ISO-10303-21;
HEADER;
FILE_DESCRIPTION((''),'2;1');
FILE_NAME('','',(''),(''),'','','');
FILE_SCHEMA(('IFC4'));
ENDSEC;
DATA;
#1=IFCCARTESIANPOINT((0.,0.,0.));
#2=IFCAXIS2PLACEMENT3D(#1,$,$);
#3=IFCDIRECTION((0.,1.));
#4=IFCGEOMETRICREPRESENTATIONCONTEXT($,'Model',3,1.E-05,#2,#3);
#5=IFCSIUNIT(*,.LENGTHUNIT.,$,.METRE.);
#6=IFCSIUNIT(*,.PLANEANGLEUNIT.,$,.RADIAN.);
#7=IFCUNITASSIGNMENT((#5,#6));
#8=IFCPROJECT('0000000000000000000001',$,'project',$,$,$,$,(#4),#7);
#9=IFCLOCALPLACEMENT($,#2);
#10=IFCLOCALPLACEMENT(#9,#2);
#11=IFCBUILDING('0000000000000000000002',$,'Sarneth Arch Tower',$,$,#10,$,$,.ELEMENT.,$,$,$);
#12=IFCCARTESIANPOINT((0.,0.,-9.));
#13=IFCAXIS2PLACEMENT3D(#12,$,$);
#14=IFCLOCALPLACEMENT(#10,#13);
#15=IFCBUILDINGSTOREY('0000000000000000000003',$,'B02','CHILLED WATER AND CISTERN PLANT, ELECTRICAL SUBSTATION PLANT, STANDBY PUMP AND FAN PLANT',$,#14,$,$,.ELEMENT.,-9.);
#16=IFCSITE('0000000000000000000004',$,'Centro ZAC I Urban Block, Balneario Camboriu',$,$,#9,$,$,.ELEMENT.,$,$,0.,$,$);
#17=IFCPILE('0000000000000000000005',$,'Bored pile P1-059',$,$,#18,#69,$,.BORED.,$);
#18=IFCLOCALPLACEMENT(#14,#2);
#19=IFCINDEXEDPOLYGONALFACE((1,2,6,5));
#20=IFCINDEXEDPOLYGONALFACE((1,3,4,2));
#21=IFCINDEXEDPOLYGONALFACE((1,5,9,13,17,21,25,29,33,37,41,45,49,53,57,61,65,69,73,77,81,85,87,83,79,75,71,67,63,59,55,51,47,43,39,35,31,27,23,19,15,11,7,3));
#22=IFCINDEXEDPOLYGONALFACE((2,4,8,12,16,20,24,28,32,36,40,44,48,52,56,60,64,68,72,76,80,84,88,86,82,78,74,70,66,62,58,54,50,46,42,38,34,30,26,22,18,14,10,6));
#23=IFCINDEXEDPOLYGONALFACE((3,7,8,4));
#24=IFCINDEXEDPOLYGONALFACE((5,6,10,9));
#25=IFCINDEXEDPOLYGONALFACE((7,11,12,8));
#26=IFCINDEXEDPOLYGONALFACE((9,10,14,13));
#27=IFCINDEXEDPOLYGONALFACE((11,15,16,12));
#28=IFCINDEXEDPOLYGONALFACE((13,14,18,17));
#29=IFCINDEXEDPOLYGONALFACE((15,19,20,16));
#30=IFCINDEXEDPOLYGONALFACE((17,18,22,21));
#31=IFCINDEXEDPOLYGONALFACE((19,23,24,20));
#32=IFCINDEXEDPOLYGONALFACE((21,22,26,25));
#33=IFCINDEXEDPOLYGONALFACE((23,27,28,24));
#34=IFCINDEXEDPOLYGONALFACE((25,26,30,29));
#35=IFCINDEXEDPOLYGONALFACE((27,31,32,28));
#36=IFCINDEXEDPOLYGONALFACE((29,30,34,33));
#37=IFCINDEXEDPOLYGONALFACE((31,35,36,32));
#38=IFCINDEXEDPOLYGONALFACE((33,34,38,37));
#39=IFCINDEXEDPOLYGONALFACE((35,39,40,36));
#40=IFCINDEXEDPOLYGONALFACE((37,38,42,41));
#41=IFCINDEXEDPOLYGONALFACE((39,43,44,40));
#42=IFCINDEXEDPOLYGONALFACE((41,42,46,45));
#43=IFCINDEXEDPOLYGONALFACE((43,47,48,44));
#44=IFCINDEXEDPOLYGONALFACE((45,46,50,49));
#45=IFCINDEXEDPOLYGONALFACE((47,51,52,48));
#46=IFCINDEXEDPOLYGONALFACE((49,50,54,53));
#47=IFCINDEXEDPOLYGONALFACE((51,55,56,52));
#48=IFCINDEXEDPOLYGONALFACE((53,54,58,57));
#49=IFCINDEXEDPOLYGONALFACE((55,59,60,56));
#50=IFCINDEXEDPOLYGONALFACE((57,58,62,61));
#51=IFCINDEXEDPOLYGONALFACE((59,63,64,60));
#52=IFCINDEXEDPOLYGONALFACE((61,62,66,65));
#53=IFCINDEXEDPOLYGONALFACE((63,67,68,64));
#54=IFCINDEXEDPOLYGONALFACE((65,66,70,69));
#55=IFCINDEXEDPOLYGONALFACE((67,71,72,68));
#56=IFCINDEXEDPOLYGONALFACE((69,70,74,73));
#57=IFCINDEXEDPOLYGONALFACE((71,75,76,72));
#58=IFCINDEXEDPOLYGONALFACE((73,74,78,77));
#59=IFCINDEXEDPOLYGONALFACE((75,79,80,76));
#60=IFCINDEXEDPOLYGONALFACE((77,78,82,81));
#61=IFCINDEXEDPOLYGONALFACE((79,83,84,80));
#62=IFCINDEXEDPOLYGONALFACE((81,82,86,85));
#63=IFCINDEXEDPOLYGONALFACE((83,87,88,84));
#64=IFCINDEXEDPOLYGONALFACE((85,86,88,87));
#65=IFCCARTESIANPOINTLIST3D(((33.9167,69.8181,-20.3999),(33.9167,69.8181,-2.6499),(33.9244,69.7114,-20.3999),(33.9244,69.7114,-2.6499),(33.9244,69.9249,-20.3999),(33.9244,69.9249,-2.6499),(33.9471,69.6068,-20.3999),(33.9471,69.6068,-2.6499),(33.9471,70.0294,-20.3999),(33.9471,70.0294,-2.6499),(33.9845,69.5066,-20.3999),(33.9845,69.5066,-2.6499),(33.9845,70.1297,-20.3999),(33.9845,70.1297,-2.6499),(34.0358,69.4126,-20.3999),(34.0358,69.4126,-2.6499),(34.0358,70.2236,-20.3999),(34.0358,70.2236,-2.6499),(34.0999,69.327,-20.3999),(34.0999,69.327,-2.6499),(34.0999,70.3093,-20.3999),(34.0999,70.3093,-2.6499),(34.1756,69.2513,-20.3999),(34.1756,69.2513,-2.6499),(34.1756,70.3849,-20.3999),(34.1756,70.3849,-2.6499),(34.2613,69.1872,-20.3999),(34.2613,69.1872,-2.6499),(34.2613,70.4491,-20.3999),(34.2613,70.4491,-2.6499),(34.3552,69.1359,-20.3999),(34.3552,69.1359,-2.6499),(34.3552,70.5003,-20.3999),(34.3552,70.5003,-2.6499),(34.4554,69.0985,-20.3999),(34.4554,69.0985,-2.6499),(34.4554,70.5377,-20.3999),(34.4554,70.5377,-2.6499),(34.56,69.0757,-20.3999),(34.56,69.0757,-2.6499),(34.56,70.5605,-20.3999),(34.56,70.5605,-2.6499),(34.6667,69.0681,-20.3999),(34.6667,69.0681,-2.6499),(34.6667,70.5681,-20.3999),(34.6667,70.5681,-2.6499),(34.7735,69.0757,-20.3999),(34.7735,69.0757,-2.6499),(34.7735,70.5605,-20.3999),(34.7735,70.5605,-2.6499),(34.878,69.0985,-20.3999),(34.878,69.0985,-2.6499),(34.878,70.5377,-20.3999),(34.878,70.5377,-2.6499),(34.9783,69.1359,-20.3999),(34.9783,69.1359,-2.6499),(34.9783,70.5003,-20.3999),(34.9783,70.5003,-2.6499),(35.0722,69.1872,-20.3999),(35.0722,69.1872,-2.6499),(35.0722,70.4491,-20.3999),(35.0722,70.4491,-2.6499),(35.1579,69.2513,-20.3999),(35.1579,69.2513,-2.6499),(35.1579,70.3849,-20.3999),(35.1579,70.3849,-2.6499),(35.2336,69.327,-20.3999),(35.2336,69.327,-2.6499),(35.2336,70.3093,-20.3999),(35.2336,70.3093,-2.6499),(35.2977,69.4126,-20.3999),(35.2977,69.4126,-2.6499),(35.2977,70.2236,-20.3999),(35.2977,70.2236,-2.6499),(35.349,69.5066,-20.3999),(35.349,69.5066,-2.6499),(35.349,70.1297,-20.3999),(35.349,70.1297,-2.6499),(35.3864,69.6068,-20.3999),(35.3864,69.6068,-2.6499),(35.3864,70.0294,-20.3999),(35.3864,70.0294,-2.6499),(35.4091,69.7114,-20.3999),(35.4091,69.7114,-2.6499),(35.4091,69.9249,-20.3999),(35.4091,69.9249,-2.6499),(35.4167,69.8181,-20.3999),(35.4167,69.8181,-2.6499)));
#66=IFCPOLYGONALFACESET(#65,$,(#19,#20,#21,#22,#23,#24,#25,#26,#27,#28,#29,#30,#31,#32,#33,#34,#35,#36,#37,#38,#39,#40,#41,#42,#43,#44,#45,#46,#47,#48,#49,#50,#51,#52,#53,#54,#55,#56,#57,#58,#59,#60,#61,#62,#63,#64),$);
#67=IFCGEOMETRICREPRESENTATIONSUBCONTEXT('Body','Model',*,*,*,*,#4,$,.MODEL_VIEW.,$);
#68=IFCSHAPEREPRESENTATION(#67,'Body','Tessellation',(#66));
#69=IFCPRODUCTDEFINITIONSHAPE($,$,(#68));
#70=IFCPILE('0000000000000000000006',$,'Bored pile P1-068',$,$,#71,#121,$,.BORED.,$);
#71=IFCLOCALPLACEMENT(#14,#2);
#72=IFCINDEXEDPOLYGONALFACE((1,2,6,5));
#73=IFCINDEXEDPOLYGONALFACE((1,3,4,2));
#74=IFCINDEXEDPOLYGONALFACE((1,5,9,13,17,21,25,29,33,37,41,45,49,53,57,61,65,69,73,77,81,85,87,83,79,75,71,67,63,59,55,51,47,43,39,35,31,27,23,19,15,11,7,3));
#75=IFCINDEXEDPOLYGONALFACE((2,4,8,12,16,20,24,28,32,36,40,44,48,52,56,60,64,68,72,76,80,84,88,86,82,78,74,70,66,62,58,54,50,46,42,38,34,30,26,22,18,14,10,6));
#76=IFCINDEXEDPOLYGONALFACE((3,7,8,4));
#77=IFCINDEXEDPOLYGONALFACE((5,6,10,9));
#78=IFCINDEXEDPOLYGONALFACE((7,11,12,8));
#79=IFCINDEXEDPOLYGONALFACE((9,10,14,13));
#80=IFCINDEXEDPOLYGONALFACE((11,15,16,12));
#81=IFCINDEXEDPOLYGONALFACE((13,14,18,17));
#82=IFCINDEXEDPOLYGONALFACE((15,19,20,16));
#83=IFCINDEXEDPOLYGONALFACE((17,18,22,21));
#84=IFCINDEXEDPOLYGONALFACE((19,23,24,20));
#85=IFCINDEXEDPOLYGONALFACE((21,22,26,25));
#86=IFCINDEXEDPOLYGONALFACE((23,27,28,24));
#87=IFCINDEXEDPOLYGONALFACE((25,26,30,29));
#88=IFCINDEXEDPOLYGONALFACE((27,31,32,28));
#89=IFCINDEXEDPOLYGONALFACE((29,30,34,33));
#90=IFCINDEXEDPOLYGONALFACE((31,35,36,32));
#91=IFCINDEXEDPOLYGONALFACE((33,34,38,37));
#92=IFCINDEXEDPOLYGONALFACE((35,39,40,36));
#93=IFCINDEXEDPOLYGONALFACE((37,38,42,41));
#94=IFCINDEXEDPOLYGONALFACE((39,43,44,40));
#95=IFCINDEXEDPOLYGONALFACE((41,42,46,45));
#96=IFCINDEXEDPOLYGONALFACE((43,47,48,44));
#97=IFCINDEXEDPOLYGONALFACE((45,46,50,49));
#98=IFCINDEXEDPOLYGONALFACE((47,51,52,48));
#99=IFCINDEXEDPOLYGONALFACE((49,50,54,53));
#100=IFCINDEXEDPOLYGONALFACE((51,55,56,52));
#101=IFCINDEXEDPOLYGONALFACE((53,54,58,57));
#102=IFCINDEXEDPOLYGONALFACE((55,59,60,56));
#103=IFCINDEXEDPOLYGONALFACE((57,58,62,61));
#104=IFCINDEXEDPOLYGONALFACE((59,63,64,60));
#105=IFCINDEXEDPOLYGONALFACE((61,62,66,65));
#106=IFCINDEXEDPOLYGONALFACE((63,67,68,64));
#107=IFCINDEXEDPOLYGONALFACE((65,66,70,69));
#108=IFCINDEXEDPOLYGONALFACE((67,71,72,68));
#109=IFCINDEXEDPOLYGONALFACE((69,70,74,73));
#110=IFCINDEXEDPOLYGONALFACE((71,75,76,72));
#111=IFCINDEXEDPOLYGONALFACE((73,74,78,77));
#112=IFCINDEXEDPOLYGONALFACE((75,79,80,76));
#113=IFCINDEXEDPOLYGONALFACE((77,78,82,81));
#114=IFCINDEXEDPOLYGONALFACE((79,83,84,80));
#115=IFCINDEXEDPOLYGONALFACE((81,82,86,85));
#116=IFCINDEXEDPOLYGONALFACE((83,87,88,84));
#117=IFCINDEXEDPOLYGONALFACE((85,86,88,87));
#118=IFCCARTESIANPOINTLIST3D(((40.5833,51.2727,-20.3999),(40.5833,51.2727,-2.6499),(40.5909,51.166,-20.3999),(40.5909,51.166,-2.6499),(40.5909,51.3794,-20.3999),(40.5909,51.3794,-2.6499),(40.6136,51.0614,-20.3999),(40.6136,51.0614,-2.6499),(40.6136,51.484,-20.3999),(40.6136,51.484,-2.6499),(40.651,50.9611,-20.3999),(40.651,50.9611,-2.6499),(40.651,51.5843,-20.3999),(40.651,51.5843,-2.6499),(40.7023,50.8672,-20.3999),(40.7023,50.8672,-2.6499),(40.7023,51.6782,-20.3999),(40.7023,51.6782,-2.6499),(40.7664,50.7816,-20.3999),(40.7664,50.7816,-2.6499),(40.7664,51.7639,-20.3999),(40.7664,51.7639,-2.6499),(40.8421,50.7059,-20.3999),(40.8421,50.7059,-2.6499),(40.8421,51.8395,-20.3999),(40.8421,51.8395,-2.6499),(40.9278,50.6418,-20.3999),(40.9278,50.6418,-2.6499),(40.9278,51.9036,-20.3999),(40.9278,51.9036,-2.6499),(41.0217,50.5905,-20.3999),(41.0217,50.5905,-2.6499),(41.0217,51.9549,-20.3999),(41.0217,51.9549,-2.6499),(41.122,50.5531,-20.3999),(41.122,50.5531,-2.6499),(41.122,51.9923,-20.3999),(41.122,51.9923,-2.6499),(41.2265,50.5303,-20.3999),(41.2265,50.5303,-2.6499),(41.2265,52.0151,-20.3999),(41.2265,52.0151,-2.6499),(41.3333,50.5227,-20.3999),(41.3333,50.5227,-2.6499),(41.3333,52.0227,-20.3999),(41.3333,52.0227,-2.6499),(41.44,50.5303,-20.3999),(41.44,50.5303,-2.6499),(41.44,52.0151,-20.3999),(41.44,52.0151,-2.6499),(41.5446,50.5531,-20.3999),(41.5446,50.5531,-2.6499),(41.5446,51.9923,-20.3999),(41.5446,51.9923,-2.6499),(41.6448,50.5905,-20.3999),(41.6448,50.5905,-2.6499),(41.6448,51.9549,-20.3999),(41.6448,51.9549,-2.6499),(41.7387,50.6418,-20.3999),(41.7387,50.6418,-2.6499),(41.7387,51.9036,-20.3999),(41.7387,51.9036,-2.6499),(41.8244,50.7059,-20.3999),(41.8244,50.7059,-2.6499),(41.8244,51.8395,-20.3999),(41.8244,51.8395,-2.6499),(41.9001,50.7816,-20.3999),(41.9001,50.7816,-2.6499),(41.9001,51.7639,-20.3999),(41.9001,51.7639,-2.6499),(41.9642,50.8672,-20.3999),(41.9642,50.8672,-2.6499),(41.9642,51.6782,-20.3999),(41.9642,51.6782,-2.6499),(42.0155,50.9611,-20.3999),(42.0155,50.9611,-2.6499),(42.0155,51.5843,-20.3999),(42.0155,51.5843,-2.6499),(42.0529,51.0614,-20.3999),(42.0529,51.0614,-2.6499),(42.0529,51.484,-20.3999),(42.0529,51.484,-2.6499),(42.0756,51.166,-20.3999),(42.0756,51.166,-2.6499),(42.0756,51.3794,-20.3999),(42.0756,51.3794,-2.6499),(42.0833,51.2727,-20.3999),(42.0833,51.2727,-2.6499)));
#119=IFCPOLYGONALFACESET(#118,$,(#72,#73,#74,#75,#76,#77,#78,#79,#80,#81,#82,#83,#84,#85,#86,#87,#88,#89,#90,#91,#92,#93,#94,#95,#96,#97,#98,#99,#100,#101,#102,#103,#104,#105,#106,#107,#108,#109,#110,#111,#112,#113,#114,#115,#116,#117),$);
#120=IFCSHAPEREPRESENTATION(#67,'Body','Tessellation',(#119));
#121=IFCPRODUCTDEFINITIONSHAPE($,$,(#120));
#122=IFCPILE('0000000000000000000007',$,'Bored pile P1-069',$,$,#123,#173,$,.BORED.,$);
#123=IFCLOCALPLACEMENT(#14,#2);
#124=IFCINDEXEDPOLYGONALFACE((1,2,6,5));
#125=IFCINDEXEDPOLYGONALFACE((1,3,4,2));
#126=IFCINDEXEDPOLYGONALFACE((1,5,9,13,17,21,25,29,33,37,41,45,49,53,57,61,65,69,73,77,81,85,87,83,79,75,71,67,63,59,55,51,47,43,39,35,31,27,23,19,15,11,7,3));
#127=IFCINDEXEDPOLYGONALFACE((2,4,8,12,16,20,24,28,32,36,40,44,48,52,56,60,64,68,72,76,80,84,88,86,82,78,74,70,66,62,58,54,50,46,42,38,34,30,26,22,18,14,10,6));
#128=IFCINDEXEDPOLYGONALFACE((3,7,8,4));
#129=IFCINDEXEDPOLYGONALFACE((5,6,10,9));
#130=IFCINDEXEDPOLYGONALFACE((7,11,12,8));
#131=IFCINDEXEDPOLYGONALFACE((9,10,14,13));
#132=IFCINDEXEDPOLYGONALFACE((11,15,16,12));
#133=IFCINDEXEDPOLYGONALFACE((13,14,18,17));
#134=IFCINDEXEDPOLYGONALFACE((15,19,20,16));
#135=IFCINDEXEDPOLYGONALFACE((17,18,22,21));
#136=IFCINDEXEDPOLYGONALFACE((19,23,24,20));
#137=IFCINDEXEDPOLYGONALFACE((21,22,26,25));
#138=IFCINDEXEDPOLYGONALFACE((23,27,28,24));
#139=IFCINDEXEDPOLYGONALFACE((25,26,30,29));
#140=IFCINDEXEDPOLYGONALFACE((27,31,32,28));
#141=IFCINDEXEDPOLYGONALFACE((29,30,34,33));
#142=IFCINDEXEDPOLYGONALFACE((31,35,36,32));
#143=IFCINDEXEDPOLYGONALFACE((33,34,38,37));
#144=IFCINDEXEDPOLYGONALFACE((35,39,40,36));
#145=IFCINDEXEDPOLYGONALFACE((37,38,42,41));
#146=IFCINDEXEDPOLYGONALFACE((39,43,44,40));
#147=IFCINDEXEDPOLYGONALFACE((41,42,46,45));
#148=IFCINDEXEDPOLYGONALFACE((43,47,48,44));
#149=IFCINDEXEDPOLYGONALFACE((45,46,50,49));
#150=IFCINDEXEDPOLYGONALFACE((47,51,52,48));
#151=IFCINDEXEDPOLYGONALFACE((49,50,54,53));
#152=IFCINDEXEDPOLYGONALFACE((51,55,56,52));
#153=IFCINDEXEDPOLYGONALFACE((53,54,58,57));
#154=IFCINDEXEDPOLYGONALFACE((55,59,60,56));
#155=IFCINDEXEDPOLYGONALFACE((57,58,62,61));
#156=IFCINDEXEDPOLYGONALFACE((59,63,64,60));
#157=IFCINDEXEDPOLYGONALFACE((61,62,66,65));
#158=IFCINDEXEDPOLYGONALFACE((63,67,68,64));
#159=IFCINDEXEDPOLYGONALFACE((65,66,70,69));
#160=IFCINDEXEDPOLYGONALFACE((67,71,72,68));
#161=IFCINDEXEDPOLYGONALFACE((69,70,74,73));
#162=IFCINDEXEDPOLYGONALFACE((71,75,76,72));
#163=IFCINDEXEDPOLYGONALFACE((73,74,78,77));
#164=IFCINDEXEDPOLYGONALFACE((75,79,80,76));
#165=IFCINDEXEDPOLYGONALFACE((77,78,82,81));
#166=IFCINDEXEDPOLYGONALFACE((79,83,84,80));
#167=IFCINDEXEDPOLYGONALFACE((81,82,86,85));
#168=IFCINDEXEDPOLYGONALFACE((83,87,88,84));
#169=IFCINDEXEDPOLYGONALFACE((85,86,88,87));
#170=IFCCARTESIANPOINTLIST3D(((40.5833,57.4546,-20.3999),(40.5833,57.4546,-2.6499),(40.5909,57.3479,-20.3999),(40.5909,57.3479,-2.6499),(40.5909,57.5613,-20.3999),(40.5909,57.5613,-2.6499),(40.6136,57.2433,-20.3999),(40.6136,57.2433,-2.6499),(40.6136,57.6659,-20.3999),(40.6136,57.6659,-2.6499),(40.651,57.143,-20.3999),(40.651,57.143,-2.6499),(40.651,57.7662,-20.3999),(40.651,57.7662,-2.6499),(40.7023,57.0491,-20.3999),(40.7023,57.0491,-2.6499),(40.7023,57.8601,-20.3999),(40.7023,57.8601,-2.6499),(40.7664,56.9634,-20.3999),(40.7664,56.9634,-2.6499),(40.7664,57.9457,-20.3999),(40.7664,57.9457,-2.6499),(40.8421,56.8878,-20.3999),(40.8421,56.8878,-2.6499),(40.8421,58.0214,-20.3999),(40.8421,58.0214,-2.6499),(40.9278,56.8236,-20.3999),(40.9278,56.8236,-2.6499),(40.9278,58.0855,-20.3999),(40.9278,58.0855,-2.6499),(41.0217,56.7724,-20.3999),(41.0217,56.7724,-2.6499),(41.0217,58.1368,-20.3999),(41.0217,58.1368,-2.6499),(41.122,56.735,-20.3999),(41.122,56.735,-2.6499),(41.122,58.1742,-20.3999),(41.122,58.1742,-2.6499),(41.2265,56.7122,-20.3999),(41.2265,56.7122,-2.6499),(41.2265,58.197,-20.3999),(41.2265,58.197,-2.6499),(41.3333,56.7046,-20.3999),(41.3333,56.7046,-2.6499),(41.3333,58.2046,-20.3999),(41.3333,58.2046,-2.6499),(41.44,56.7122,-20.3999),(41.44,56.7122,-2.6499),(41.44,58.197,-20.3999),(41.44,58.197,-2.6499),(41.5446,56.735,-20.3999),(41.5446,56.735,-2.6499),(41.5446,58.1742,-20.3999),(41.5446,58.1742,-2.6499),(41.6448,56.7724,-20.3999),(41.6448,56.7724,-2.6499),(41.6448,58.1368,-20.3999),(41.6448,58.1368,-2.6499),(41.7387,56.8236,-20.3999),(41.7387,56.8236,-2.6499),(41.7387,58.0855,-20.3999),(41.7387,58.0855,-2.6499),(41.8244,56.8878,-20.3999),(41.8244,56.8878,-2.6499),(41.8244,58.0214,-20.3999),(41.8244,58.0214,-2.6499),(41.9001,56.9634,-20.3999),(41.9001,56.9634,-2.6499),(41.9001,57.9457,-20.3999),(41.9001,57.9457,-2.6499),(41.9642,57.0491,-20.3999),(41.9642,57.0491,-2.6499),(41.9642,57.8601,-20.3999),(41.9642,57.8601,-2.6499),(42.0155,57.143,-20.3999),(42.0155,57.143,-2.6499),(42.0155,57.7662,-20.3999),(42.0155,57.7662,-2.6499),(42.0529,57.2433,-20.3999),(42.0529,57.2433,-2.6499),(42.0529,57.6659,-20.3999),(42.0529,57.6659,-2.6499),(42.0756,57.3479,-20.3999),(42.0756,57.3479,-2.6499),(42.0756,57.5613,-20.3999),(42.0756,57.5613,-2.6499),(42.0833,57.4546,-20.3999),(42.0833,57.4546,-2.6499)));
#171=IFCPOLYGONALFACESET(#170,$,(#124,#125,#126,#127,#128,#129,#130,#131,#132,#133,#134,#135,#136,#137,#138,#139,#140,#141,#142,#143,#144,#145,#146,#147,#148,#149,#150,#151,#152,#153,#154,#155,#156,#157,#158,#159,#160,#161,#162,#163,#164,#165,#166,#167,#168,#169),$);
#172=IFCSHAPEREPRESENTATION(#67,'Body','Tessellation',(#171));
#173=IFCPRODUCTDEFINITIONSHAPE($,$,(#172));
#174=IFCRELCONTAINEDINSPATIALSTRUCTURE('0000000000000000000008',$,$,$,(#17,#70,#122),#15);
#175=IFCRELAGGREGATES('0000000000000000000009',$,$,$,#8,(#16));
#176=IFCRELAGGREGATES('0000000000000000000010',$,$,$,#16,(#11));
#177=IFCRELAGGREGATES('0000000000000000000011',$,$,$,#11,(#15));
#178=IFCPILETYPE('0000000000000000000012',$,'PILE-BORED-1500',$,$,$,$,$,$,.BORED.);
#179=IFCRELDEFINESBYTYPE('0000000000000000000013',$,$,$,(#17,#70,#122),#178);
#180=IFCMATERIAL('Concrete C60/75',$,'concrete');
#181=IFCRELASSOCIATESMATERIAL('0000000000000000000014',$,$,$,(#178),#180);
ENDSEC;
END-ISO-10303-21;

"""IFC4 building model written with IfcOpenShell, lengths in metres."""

from ifc_helpers import new_model, si_unit, direction, frame, origin, origin_2d, place, context, subcontext, project, spatial, circle, extrude, material, material_profile, profile_set, type_object, element, save


model = new_model("IFC4")

# Units and contexts
model_context = context("Model", 3, precision=1e-05, world=origin(), true_north=direction((0.0, 1.0)))
body_context = subcontext(model_context, "Body", "Model", "MODEL_VIEW")
ifc_project = project(units=[si_unit("LENGTHUNIT", "METRE"), si_unit("PLANEANGLEUNIT", "RADIAN")], contexts=[model_context])

# Site, building, storey
site_placement = place(None, origin())
site = spatial("IfcSite", under=ifc_project, at=site_placement, Name="Centro ZAC I Urban Block, Balneario Camboriu", CompositionType="ELEMENT", RefElevation=0.0)
building_placement = place(site_placement, origin())
building = spatial("IfcBuilding", under=site, at=building_placement, Name="Sarneth Arch Tower", CompositionType="ELEMENT")
storey_placement = place(building_placement, frame((0.0, 0.0, -9.0)))
storey = spatial("IfcBuildingStorey", under=building, at=storey_placement, Name="B02", Description="CHILLED WATER AND CISTERN PLANT, ELECTRICAL SUBSTATION PLANT, STANDBY PUMP AND FAN PLANT", CompositionType="ELEMENT", Elevation=-9.0)

# Piles
ifc_material_1 = material(Name="Concrete C60/75", Category="concrete")
ifc_material_profile_1 = material_profile(ifc_material_1, circle(Radius=0.75, at=origin_2d()), Name="PILE-D1500")
ifc_profile_set_1 = profile_set([ifc_material_profile_1], Name="Concrete C60/75")
pile_type_1 = type_object("IfcPileType", Name="PILE-BORED-1500", PredefinedType="BORED", material=ifc_profile_set_1)
for number, where, z_axis, x_axis, name in (
    (1, (34.6667, 69.8181, -2.6499), (0.0, 0.0, -1.0), (1.0, 0.0, 0.0), "Bored pile P1-059"),
    (2, (41.3333, 51.2727, -2.6499), (0.0, 0.0, -1.0), (1.0, 0.0, 0.0), "Bored pile P1-068"),
    (3, (41.3333, 57.4546, -2.6499), (0.0, 0.0, -1.0), (1.0, 0.0, 0.0), "Bored pile P1-069"),
):
    element("IfcPile", number, at=place(storey_placement, frame(where, z_axis=z_axis, x_axis=x_axis)), inside=storey, type_object=pile_type_1, Name=name, PredefinedType="BORED", context=body_context, shape_type="SweptSolid", body=[
        extrude(circle(Radius=0.75, at=origin_2d()), origin(), (0.0, 0.0, 1.0), 17.75),
    ])

save(model, "model.ifc")
